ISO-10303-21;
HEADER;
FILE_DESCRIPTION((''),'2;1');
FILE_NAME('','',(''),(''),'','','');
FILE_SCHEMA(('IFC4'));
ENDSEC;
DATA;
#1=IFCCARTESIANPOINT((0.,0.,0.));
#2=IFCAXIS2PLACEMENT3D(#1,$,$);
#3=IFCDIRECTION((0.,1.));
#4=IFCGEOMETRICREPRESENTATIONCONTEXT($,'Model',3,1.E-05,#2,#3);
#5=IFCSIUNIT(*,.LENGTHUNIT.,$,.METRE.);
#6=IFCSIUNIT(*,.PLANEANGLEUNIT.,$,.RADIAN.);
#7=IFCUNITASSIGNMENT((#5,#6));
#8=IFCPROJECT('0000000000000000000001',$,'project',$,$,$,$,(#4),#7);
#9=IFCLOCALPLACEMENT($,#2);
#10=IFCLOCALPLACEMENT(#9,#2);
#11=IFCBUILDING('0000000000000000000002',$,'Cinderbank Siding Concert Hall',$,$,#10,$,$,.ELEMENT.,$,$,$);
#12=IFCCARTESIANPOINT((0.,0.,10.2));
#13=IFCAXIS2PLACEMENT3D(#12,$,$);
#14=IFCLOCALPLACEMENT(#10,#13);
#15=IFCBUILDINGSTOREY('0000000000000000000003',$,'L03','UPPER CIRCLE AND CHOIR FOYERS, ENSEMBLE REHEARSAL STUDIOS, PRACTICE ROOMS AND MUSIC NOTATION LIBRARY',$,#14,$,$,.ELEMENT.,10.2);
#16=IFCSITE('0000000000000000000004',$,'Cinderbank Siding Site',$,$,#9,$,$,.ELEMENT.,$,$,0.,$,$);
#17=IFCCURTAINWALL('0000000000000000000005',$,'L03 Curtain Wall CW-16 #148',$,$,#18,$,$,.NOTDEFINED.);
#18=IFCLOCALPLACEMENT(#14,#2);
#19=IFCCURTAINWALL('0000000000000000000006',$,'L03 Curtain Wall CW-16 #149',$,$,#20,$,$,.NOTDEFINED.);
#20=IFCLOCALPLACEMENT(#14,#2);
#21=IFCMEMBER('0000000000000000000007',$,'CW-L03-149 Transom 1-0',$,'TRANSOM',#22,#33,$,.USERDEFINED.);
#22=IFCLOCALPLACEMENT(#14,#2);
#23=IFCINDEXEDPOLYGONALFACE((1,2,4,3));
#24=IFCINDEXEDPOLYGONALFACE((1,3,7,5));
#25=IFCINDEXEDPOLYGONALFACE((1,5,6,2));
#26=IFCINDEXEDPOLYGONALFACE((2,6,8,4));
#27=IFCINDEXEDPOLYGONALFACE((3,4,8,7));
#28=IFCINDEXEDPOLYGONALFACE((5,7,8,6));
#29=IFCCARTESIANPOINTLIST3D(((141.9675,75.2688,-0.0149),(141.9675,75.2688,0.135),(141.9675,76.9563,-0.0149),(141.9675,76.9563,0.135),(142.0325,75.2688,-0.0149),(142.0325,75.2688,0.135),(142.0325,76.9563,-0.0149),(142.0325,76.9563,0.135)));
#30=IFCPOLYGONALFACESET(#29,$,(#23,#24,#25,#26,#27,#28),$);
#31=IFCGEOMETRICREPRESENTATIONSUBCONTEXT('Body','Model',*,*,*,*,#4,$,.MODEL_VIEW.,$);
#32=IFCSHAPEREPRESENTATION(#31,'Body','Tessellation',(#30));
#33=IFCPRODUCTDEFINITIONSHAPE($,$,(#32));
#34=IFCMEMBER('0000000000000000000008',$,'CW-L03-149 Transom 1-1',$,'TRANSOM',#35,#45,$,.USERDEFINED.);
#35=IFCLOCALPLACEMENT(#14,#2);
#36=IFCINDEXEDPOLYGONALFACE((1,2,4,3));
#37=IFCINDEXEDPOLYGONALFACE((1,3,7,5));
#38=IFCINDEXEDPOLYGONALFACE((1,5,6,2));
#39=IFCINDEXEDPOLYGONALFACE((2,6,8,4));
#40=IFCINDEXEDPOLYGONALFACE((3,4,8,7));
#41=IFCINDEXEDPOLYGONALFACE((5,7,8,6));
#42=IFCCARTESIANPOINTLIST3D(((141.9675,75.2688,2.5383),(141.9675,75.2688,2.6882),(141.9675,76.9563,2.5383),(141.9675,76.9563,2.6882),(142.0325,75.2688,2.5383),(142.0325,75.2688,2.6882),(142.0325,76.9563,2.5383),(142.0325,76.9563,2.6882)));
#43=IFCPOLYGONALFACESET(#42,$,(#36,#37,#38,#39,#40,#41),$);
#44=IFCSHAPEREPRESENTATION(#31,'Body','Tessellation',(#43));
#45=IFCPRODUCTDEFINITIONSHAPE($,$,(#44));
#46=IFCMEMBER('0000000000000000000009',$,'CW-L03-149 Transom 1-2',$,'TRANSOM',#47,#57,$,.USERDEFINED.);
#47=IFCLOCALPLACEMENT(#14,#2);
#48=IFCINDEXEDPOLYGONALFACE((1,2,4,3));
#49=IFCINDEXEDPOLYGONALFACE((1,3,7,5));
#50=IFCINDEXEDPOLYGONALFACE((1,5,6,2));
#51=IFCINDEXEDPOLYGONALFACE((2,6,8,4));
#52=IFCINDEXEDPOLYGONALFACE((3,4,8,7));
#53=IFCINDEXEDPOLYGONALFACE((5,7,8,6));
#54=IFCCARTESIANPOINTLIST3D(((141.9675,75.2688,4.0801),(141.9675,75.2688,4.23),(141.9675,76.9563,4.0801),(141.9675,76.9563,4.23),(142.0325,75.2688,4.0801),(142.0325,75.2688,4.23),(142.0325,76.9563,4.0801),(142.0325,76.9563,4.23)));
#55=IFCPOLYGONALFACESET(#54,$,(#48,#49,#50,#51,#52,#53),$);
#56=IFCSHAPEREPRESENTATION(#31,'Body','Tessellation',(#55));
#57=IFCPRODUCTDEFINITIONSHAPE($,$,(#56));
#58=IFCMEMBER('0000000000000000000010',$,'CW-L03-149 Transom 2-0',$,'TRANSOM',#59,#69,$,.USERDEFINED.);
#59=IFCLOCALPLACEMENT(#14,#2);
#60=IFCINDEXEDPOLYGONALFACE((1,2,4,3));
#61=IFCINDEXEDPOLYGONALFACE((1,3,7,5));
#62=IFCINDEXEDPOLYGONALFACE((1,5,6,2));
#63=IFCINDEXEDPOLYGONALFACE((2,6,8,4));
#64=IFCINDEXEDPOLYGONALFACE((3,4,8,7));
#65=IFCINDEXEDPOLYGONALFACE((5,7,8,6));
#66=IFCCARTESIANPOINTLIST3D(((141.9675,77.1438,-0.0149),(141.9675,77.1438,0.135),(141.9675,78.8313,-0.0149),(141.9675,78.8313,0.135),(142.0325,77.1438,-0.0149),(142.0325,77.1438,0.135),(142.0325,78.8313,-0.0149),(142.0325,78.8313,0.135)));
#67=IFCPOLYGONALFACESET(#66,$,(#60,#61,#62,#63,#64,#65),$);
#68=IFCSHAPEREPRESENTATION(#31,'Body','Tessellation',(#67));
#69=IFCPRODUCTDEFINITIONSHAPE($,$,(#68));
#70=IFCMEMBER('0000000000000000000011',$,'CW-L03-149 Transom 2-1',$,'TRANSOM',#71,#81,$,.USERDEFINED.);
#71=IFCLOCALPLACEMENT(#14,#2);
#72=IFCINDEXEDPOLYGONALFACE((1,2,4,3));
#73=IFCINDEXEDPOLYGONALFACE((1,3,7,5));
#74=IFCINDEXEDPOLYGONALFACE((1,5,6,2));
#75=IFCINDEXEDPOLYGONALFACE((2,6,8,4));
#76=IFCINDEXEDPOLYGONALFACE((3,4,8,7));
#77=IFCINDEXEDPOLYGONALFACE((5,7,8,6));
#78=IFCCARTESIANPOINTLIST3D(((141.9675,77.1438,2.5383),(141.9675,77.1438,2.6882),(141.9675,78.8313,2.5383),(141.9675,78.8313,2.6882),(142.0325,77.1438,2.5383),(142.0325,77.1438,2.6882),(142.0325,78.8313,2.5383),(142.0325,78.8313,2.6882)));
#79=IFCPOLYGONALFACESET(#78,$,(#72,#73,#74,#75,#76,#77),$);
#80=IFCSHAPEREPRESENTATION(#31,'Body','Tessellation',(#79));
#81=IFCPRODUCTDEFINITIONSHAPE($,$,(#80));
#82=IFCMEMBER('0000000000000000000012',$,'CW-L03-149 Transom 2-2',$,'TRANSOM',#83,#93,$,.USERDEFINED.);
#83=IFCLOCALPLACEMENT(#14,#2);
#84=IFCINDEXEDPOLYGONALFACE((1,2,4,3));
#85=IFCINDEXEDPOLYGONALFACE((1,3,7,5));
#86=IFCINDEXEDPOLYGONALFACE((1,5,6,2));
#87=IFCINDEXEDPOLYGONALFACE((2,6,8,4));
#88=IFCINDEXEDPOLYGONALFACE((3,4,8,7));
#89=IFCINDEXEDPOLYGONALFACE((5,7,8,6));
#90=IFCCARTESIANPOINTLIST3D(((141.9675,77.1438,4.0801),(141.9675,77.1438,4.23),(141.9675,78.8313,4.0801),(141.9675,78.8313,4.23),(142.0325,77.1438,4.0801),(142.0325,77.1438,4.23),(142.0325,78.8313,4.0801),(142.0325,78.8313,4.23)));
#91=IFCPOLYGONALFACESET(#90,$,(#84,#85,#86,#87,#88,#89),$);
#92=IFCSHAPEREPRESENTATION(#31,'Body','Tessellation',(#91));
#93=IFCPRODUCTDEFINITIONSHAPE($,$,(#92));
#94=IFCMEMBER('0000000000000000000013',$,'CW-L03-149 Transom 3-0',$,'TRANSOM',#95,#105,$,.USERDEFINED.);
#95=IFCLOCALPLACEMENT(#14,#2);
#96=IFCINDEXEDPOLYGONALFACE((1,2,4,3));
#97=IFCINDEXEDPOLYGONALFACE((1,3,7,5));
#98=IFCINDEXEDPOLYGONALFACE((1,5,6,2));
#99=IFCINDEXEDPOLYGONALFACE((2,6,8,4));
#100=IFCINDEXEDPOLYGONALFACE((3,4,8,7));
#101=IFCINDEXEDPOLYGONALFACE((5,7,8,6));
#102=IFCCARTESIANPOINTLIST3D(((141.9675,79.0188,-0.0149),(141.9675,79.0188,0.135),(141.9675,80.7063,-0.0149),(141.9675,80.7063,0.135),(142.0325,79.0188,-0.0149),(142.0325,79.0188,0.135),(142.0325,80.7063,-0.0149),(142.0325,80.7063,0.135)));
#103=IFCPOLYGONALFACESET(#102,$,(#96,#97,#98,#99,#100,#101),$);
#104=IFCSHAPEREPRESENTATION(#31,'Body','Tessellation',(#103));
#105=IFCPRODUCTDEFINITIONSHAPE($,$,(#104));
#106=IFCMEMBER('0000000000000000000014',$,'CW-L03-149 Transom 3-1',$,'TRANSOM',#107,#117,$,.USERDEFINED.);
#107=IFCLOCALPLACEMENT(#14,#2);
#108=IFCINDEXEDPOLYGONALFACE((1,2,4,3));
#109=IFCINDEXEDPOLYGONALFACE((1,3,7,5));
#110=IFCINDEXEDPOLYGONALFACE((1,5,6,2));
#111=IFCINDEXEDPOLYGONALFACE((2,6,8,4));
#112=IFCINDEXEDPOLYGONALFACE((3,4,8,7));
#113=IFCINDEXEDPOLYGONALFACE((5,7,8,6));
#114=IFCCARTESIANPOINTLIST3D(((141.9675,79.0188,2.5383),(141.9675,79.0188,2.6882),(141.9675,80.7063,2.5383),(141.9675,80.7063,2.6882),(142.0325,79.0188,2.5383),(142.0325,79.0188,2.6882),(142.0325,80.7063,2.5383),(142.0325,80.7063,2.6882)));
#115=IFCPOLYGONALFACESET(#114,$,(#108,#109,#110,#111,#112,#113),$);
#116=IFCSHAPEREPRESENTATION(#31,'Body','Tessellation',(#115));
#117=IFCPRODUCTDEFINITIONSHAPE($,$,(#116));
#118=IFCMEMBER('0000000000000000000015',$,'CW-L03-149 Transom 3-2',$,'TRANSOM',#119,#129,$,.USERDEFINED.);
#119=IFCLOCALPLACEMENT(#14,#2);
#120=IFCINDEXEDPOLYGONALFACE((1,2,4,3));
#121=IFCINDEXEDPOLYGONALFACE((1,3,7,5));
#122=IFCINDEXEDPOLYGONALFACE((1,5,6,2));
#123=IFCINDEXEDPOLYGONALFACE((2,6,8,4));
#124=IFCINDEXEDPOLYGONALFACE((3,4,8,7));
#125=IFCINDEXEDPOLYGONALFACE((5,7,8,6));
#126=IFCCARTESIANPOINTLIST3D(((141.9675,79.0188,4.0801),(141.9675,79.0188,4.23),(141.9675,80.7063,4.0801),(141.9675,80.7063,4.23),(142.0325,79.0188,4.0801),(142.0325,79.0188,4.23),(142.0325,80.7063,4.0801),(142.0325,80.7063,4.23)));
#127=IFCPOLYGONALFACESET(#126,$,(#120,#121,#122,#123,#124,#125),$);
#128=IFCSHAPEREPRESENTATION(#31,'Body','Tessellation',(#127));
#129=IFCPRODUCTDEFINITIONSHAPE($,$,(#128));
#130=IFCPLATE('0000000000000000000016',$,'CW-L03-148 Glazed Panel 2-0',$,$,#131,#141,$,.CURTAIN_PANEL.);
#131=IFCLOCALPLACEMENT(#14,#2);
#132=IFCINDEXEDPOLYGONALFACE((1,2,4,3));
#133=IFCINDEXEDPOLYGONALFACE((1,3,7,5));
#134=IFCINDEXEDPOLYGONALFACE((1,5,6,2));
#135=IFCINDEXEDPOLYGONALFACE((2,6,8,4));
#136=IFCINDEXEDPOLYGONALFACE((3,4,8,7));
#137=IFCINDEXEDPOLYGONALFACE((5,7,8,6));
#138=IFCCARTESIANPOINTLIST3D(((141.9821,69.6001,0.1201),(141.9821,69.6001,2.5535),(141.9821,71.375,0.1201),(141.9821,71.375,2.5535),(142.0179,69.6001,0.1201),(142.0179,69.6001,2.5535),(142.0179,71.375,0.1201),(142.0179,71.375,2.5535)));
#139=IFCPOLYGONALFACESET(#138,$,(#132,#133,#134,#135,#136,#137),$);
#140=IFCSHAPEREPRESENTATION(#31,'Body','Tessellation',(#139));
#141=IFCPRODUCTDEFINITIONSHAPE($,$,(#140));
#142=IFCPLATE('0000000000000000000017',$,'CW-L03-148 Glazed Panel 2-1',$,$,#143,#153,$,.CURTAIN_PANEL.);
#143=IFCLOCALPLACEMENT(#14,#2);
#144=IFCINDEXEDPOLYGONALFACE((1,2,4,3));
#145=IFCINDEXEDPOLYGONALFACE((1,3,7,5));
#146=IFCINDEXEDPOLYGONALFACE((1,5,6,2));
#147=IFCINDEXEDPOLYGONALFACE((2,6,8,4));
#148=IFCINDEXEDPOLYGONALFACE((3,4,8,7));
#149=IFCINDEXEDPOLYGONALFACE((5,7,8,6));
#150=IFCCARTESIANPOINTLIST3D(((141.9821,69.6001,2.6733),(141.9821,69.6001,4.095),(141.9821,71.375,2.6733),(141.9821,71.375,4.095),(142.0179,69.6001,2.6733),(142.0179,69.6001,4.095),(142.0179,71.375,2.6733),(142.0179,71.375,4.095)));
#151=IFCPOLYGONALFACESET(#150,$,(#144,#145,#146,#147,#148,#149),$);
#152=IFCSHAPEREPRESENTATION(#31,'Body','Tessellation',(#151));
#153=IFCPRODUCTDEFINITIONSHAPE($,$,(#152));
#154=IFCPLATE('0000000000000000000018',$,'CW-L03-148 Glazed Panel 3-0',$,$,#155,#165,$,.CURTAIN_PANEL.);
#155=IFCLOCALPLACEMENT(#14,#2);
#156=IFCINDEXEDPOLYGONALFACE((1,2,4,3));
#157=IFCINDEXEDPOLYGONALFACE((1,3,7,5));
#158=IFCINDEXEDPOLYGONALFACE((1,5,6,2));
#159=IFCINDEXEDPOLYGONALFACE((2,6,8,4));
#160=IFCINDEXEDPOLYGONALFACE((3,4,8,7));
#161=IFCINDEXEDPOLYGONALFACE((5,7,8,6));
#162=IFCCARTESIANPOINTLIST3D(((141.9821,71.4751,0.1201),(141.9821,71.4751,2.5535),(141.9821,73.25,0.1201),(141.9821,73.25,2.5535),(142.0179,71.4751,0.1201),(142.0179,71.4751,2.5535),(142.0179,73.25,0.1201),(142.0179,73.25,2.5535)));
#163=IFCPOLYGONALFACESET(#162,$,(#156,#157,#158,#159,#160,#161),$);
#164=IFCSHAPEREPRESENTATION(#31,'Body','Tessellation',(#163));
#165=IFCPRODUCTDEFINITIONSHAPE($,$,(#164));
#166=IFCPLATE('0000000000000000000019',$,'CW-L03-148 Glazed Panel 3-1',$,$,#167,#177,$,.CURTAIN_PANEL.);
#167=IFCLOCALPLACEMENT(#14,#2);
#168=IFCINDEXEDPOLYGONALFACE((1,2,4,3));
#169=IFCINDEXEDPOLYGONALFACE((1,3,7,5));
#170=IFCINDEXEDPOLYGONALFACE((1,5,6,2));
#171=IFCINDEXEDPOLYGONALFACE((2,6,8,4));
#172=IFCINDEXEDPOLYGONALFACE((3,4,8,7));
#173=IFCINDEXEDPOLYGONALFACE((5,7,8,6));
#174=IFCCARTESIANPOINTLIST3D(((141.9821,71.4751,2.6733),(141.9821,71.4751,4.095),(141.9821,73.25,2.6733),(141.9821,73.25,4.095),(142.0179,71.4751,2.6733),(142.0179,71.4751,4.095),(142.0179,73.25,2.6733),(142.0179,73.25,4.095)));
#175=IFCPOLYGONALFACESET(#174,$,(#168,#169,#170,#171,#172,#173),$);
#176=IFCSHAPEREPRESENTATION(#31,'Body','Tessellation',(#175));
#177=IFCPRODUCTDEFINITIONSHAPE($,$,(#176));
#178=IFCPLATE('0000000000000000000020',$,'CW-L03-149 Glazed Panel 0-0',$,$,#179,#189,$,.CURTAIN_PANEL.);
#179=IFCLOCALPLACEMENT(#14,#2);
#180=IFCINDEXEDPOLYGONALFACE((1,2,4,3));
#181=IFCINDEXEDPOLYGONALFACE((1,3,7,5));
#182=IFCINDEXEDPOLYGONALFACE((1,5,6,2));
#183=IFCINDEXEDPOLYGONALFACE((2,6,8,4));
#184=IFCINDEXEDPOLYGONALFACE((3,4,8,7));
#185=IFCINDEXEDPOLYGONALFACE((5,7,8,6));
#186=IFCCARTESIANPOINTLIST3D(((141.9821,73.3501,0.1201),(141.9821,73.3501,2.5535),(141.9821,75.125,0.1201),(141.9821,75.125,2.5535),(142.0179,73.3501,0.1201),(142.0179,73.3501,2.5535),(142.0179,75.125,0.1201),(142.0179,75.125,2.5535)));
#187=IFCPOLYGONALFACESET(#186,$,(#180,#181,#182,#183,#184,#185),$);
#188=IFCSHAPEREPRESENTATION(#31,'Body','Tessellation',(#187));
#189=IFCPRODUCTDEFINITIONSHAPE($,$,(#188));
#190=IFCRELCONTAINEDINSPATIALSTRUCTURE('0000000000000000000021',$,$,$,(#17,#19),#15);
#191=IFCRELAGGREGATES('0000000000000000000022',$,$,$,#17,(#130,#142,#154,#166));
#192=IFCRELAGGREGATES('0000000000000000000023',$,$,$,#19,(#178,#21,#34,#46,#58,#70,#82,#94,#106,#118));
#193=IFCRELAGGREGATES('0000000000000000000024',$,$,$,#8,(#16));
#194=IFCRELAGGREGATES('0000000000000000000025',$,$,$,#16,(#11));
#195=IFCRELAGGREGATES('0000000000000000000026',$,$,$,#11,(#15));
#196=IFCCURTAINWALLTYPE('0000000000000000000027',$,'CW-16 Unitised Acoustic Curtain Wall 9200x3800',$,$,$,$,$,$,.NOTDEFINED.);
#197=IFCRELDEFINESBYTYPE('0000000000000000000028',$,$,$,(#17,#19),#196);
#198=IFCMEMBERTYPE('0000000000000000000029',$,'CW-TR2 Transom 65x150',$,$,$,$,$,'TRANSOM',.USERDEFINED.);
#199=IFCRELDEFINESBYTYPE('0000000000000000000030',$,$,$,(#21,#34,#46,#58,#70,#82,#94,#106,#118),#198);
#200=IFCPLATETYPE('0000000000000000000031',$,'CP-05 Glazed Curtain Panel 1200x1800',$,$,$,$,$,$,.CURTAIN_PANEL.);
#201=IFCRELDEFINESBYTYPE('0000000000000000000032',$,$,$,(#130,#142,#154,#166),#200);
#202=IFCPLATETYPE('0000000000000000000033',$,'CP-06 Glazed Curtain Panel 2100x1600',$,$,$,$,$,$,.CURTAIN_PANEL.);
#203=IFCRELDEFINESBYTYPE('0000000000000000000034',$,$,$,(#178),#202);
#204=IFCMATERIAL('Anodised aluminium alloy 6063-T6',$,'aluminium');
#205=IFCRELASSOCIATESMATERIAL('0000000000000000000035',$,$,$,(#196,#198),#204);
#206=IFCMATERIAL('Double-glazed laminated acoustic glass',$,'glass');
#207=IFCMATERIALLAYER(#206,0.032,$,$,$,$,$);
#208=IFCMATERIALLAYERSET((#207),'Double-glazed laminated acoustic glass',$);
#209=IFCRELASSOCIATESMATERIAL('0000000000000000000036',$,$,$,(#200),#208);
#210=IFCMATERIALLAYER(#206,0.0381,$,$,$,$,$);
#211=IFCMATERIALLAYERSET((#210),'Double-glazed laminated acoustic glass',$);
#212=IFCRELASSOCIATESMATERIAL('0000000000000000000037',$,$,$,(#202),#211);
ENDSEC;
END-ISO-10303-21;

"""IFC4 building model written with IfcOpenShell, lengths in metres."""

from ifc_helpers import new_model, si_unit, direction, frame, origin, origin_2d, place, context, subcontext, project, spatial, rectangle, extrude, material, layer, layer_set, material_profile, profile_set, type_object, element, aggregate, save


model = new_model("IFC4")

# Units and contexts
model_context = context("Model", 3, precision=1e-05, world=origin(), true_north=direction((0.0, 1.0)))
body_context = subcontext(model_context, "Body", "Model", "MODEL_VIEW")
ifc_project = project(units=[si_unit("LENGTHUNIT", "METRE"), si_unit("PLANEANGLEUNIT", "RADIAN")], contexts=[model_context])

# Site, building, storey
site_placement = place(None, origin())
site = spatial("IfcSite", under=ifc_project, at=site_placement, Name="Cinderbank Siding Site", CompositionType="ELEMENT", RefElevation=0.0)
building_placement = place(site_placement, origin())
building = spatial("IfcBuilding", under=site, at=building_placement, Name="Cinderbank Siding Concert Hall", CompositionType="ELEMENT")
storey_placement = place(building_placement, frame((0.0, 0.0, 10.2)))
storey = spatial("IfcBuildingStorey", under=building, at=storey_placement, Name="L03", Description="UPPER CIRCLE AND CHOIR FOYERS, ENSEMBLE REHEARSAL STUDIOS, PRACTICE ROOMS AND MUSIC NOTATION LIBRARY", CompositionType="ELEMENT", Elevation=10.2)

# Curtain walls
ifc_material_1 = material(Name="Anodised aluminium alloy 6063-T6", Category="aluminium")
curtain_wall_type = type_object("IfcCurtainWallType", Name="CW-16 Unitised Acoustic Curtain Wall 9200x3800", PredefinedType="NOTDEFINED", material=ifc_material_1)
curtain_wall_1_placement = place(storey_placement, origin())
curtain_wall_1 = element("IfcCurtainWall", 1, at=curtain_wall_1_placement, inside=storey, type_object=curtain_wall_type, Name="L03 Curtain Wall CW-16 #148", PredefinedType="NOTDEFINED")
curtain_wall_2_placement = place(storey_placement, origin())
curtain_wall_2 = element("IfcCurtainWall", 2, at=curtain_wall_2_placement, inside=storey, type_object=curtain_wall_type, Name="L03 Curtain Wall CW-16 #149", PredefinedType="NOTDEFINED")

# Members
ifc_material_profile_1 = material_profile(ifc_material_1, rectangle(XDim=0.0649, YDim=0.1499, at=origin_2d()), Name="ALU-TRAN-65x150", Category="LoadBearing")
ifc_profile_set_1 = profile_set([ifc_material_profile_1], Name="Anodised aluminium alloy 6063-T6")
member_type_1 = type_object("IfcMemberType", Name="CW-TR2 Transom 65x150", ElementType="TRANSOM", PredefinedType="USERDEFINED", material=ifc_profile_set_1)
member_1_placement = place(storey_placement, frame((142.0, 75.2688, 0.0601), z_axis=(0.0, 1.0, 0.0), x_axis=(-1.0, 0.0, 0.0)))
member_1 = element("IfcMember", 3, at=member_1_placement, type_object=member_type_1, Name="CW-L03-149 Transom 1-0", ObjectType="TRANSOM", PredefinedType="USERDEFINED", context=body_context, shape_type="SweptSolid", body=[
    extrude(rectangle(XDim=0.0649, YDim=0.1499, at=origin_2d()), origin(), (0.0, 0.0, 1.0), 1.6875),
])
member_2_placement = place(storey_placement, frame((142.0, 75.2688, 2.6133), z_axis=(0.0, 1.0, 0.0), x_axis=(-1.0, 0.0, 0.0)))
member_2 = element("IfcMember", 4, at=member_2_placement, type_object=member_type_1, Name="CW-L03-149 Transom 1-1", ObjectType="TRANSOM", PredefinedType="USERDEFINED", context=body_context, shape_type="SweptSolid", body=[
    extrude(rectangle(XDim=0.0649, YDim=0.1499, at=origin_2d()), origin(), (0.0, 0.0, 1.0), 1.6875),
])
member_3_placement = place(storey_placement, frame((142.0, 75.2688, 4.155), z_axis=(0.0, 1.0, 0.0), x_axis=(-1.0, 0.0, 0.0)))
member_3 = element("IfcMember", 5, at=member_3_placement, type_object=member_type_1, Name="CW-L03-149 Transom 1-2", ObjectType="TRANSOM", PredefinedType="USERDEFINED", context=body_context, shape_type="SweptSolid", body=[
    extrude(rectangle(XDim=0.0649, YDim=0.1499, at=origin_2d()), origin(), (0.0, 0.0, 1.0), 1.6875),
])
member_4_placement = place(storey_placement, frame((142.0, 77.1438, 0.0601), z_axis=(0.0, 1.0, 0.0), x_axis=(-1.0, 0.0, 0.0)))
member_4 = element("IfcMember", 6, at=member_4_placement, type_object=member_type_1, Name="CW-L03-149 Transom 2-0", ObjectType="TRANSOM", PredefinedType="USERDEFINED", context=body_context, shape_type="SweptSolid", body=[
    extrude(rectangle(XDim=0.0649, YDim=0.1499, at=origin_2d()), origin(), (0.0, 0.0, 1.0), 1.6875),
])
member_5_placement = place(storey_placement, frame((142.0, 77.1438, 2.6133), z_axis=(0.0, 1.0, 0.0), x_axis=(-1.0, 0.0, 0.0)))
member_5 = element("IfcMember", 7, at=member_5_placement, type_object=member_type_1, Name="CW-L03-149 Transom 2-1", ObjectType="TRANSOM", PredefinedType="USERDEFINED", context=body_context, shape_type="SweptSolid", body=[
    extrude(rectangle(XDim=0.0649, YDim=0.1499, at=origin_2d()), origin(), (0.0, 0.0, 1.0), 1.6875),
])
member_6_placement = place(storey_placement, frame((142.0, 77.1438, 4.155), z_axis=(0.0, 1.0, 0.0), x_axis=(-1.0, 0.0, 0.0)))
member_6 = element("IfcMember", 8, at=member_6_placement, type_object=member_type_1, Name="CW-L03-149 Transom 2-2", ObjectType="TRANSOM", PredefinedType="USERDEFINED", context=body_context, shape_type="SweptSolid", body=[
    extrude(rectangle(XDim=0.0649, YDim=0.1499, at=origin_2d()), origin(), (0.0, 0.0, 1.0), 1.6875),
])
member_7_placement = place(storey_placement, frame((142.0, 79.0188, 0.0601), z_axis=(0.0, 1.0, 0.0), x_axis=(-1.0, 0.0, 0.0)))
member_7 = element("IfcMember", 9, at=member_7_placement, type_object=member_type_1, Name="CW-L03-149 Transom 3-0", ObjectType="TRANSOM", PredefinedType="USERDEFINED", context=body_context, shape_type="SweptSolid", body=[
    extrude(rectangle(XDim=0.0649, YDim=0.1499, at=origin_2d()), origin(), (0.0, 0.0, 1.0), 1.6875),
])
member_8_placement = place(storey_placement, frame((142.0, 79.0188, 2.6133), z_axis=(0.0, 1.0, 0.0), x_axis=(-1.0, 0.0, 0.0)))
member_8 = element("IfcMember", 10, at=member_8_placement, type_object=member_type_1, Name="CW-L03-149 Transom 3-1", ObjectType="TRANSOM", PredefinedType="USERDEFINED", context=body_context, shape_type="SweptSolid", body=[
    extrude(rectangle(XDim=0.0649, YDim=0.1499, at=origin_2d()), origin(), (0.0, 0.0, 1.0), 1.6875),
])
member_9_placement = place(storey_placement, frame((142.0, 79.0188, 4.155), z_axis=(0.0, 1.0, 0.0), x_axis=(-1.0, 0.0, 0.0)))
member_9 = element("IfcMember", 11, at=member_9_placement, type_object=member_type_1, Name="CW-L03-149 Transom 3-2", ObjectType="TRANSOM", PredefinedType="USERDEFINED", context=body_context, shape_type="SweptSolid", body=[
    extrude(rectangle(XDim=0.0649, YDim=0.1499, at=origin_2d()), origin(), (0.0, 0.0, 1.0), 1.6875),
])

# Plates
ifc_material_2 = material(Name="Double-glazed laminated acoustic glass", Category="glass")
ifc_layer_1 = layer(ifc_material_2, 0.032)
ifc_layer_set_1 = layer_set([ifc_layer_1], Name="Double-glazed laminated acoustic glass")
plate_type_1 = type_object("IfcPlateType", Name="CP-05 Glazed Curtain Panel 1200x1800", PredefinedType="CURTAIN_PANEL", material=ifc_layer_set_1)
plate_1_placement = place(storey_placement, frame((142.0, 70.4875, 0.1201), z_axis=(0.0, 0.0, 1.0), x_axis=(0.0, 1.0, 0.0)))
plate_1 = element("IfcPlate", 12, at=plate_1_placement, type_object=plate_type_1, Name="CW-L03-148 Glazed Panel 2-0", PredefinedType="CURTAIN_PANEL", context=body_context, shape_type="SweptSolid", body=[
    extrude(rectangle(XDim=1.7749, YDim=0.0359, at=origin_2d()), origin(), (0.0, 0.0, 1.0), 2.4333),
])
plate_2_placement = place(storey_placement, frame((142.0, 70.4875, 2.6733), z_axis=(0.0, 0.0, 1.0), x_axis=(0.0, 1.0, 0.0)))
plate_2 = element("IfcPlate", 13, at=plate_2_placement, type_object=plate_type_1, Name="CW-L03-148 Glazed Panel 2-1", PredefinedType="CURTAIN_PANEL", context=body_context, shape_type="SweptSolid", body=[
    extrude(rectangle(XDim=1.7749, YDim=0.0359, at=origin_2d()), origin(), (0.0, 0.0, 1.0), 1.4216),
])
plate_3_placement = place(storey_placement, frame((142.0, 72.3625, 0.1201), z_axis=(0.0, 0.0, 1.0), x_axis=(0.0, 1.0, 0.0)))
plate_3 = element("IfcPlate", 14, at=plate_3_placement, type_object=plate_type_1, Name="CW-L03-148 Glazed Panel 3-0", PredefinedType="CURTAIN_PANEL", context=body_context, shape_type="SweptSolid", body=[
    extrude(rectangle(XDim=1.7749, YDim=0.0359, at=origin_2d()), origin(), (0.0, 0.0, 1.0), 2.4333),
])
plate_4_placement = place(storey_placement, frame((142.0, 72.3625, 2.6733), z_axis=(0.0, 0.0, 1.0), x_axis=(0.0, 1.0, 0.0)))
plate_4 = element("IfcPlate", 15, at=plate_4_placement, type_object=plate_type_1, Name="CW-L03-148 Glazed Panel 3-1", PredefinedType="CURTAIN_PANEL", context=body_context, shape_type="SweptSolid", body=[
    extrude(rectangle(XDim=1.7749, YDim=0.0359, at=origin_2d()), origin(), (0.0, 0.0, 1.0), 1.4216),
])
aggregate(curtain_wall_1, [plate_1, plate_2, plate_3, plate_4])
ifc_layer_2 = layer(ifc_material_2, 0.0381)
ifc_layer_set_2 = layer_set([ifc_layer_2], Name="Double-glazed laminated acoustic glass")
plate_type_2 = type_object("IfcPlateType", Name="CP-06 Glazed Curtain Panel 2100x1600", PredefinedType="CURTAIN_PANEL", material=ifc_layer_set_2)
plate_5_placement = place(storey_placement, frame((142.0, 74.2375, 0.1201), z_axis=(0.0, 0.0, 1.0), x_axis=(0.0, 1.0, 0.0)))
plate_5 = element("IfcPlate", 16, at=plate_5_placement, type_object=plate_type_2, Name="CW-L03-149 Glazed Panel 0-0", PredefinedType="CURTAIN_PANEL", context=body_context, shape_type="SweptSolid", body=[
    extrude(rectangle(XDim=1.7749, YDim=0.0359, at=origin_2d()), origin(), (0.0, 0.0, 1.0), 2.4333),
])
aggregate(curtain_wall_2, [plate_5, member_1, member_2, member_3, member_4, member_5, member_6, member_7, member_8, member_9])

save(model, "model.ifc")
